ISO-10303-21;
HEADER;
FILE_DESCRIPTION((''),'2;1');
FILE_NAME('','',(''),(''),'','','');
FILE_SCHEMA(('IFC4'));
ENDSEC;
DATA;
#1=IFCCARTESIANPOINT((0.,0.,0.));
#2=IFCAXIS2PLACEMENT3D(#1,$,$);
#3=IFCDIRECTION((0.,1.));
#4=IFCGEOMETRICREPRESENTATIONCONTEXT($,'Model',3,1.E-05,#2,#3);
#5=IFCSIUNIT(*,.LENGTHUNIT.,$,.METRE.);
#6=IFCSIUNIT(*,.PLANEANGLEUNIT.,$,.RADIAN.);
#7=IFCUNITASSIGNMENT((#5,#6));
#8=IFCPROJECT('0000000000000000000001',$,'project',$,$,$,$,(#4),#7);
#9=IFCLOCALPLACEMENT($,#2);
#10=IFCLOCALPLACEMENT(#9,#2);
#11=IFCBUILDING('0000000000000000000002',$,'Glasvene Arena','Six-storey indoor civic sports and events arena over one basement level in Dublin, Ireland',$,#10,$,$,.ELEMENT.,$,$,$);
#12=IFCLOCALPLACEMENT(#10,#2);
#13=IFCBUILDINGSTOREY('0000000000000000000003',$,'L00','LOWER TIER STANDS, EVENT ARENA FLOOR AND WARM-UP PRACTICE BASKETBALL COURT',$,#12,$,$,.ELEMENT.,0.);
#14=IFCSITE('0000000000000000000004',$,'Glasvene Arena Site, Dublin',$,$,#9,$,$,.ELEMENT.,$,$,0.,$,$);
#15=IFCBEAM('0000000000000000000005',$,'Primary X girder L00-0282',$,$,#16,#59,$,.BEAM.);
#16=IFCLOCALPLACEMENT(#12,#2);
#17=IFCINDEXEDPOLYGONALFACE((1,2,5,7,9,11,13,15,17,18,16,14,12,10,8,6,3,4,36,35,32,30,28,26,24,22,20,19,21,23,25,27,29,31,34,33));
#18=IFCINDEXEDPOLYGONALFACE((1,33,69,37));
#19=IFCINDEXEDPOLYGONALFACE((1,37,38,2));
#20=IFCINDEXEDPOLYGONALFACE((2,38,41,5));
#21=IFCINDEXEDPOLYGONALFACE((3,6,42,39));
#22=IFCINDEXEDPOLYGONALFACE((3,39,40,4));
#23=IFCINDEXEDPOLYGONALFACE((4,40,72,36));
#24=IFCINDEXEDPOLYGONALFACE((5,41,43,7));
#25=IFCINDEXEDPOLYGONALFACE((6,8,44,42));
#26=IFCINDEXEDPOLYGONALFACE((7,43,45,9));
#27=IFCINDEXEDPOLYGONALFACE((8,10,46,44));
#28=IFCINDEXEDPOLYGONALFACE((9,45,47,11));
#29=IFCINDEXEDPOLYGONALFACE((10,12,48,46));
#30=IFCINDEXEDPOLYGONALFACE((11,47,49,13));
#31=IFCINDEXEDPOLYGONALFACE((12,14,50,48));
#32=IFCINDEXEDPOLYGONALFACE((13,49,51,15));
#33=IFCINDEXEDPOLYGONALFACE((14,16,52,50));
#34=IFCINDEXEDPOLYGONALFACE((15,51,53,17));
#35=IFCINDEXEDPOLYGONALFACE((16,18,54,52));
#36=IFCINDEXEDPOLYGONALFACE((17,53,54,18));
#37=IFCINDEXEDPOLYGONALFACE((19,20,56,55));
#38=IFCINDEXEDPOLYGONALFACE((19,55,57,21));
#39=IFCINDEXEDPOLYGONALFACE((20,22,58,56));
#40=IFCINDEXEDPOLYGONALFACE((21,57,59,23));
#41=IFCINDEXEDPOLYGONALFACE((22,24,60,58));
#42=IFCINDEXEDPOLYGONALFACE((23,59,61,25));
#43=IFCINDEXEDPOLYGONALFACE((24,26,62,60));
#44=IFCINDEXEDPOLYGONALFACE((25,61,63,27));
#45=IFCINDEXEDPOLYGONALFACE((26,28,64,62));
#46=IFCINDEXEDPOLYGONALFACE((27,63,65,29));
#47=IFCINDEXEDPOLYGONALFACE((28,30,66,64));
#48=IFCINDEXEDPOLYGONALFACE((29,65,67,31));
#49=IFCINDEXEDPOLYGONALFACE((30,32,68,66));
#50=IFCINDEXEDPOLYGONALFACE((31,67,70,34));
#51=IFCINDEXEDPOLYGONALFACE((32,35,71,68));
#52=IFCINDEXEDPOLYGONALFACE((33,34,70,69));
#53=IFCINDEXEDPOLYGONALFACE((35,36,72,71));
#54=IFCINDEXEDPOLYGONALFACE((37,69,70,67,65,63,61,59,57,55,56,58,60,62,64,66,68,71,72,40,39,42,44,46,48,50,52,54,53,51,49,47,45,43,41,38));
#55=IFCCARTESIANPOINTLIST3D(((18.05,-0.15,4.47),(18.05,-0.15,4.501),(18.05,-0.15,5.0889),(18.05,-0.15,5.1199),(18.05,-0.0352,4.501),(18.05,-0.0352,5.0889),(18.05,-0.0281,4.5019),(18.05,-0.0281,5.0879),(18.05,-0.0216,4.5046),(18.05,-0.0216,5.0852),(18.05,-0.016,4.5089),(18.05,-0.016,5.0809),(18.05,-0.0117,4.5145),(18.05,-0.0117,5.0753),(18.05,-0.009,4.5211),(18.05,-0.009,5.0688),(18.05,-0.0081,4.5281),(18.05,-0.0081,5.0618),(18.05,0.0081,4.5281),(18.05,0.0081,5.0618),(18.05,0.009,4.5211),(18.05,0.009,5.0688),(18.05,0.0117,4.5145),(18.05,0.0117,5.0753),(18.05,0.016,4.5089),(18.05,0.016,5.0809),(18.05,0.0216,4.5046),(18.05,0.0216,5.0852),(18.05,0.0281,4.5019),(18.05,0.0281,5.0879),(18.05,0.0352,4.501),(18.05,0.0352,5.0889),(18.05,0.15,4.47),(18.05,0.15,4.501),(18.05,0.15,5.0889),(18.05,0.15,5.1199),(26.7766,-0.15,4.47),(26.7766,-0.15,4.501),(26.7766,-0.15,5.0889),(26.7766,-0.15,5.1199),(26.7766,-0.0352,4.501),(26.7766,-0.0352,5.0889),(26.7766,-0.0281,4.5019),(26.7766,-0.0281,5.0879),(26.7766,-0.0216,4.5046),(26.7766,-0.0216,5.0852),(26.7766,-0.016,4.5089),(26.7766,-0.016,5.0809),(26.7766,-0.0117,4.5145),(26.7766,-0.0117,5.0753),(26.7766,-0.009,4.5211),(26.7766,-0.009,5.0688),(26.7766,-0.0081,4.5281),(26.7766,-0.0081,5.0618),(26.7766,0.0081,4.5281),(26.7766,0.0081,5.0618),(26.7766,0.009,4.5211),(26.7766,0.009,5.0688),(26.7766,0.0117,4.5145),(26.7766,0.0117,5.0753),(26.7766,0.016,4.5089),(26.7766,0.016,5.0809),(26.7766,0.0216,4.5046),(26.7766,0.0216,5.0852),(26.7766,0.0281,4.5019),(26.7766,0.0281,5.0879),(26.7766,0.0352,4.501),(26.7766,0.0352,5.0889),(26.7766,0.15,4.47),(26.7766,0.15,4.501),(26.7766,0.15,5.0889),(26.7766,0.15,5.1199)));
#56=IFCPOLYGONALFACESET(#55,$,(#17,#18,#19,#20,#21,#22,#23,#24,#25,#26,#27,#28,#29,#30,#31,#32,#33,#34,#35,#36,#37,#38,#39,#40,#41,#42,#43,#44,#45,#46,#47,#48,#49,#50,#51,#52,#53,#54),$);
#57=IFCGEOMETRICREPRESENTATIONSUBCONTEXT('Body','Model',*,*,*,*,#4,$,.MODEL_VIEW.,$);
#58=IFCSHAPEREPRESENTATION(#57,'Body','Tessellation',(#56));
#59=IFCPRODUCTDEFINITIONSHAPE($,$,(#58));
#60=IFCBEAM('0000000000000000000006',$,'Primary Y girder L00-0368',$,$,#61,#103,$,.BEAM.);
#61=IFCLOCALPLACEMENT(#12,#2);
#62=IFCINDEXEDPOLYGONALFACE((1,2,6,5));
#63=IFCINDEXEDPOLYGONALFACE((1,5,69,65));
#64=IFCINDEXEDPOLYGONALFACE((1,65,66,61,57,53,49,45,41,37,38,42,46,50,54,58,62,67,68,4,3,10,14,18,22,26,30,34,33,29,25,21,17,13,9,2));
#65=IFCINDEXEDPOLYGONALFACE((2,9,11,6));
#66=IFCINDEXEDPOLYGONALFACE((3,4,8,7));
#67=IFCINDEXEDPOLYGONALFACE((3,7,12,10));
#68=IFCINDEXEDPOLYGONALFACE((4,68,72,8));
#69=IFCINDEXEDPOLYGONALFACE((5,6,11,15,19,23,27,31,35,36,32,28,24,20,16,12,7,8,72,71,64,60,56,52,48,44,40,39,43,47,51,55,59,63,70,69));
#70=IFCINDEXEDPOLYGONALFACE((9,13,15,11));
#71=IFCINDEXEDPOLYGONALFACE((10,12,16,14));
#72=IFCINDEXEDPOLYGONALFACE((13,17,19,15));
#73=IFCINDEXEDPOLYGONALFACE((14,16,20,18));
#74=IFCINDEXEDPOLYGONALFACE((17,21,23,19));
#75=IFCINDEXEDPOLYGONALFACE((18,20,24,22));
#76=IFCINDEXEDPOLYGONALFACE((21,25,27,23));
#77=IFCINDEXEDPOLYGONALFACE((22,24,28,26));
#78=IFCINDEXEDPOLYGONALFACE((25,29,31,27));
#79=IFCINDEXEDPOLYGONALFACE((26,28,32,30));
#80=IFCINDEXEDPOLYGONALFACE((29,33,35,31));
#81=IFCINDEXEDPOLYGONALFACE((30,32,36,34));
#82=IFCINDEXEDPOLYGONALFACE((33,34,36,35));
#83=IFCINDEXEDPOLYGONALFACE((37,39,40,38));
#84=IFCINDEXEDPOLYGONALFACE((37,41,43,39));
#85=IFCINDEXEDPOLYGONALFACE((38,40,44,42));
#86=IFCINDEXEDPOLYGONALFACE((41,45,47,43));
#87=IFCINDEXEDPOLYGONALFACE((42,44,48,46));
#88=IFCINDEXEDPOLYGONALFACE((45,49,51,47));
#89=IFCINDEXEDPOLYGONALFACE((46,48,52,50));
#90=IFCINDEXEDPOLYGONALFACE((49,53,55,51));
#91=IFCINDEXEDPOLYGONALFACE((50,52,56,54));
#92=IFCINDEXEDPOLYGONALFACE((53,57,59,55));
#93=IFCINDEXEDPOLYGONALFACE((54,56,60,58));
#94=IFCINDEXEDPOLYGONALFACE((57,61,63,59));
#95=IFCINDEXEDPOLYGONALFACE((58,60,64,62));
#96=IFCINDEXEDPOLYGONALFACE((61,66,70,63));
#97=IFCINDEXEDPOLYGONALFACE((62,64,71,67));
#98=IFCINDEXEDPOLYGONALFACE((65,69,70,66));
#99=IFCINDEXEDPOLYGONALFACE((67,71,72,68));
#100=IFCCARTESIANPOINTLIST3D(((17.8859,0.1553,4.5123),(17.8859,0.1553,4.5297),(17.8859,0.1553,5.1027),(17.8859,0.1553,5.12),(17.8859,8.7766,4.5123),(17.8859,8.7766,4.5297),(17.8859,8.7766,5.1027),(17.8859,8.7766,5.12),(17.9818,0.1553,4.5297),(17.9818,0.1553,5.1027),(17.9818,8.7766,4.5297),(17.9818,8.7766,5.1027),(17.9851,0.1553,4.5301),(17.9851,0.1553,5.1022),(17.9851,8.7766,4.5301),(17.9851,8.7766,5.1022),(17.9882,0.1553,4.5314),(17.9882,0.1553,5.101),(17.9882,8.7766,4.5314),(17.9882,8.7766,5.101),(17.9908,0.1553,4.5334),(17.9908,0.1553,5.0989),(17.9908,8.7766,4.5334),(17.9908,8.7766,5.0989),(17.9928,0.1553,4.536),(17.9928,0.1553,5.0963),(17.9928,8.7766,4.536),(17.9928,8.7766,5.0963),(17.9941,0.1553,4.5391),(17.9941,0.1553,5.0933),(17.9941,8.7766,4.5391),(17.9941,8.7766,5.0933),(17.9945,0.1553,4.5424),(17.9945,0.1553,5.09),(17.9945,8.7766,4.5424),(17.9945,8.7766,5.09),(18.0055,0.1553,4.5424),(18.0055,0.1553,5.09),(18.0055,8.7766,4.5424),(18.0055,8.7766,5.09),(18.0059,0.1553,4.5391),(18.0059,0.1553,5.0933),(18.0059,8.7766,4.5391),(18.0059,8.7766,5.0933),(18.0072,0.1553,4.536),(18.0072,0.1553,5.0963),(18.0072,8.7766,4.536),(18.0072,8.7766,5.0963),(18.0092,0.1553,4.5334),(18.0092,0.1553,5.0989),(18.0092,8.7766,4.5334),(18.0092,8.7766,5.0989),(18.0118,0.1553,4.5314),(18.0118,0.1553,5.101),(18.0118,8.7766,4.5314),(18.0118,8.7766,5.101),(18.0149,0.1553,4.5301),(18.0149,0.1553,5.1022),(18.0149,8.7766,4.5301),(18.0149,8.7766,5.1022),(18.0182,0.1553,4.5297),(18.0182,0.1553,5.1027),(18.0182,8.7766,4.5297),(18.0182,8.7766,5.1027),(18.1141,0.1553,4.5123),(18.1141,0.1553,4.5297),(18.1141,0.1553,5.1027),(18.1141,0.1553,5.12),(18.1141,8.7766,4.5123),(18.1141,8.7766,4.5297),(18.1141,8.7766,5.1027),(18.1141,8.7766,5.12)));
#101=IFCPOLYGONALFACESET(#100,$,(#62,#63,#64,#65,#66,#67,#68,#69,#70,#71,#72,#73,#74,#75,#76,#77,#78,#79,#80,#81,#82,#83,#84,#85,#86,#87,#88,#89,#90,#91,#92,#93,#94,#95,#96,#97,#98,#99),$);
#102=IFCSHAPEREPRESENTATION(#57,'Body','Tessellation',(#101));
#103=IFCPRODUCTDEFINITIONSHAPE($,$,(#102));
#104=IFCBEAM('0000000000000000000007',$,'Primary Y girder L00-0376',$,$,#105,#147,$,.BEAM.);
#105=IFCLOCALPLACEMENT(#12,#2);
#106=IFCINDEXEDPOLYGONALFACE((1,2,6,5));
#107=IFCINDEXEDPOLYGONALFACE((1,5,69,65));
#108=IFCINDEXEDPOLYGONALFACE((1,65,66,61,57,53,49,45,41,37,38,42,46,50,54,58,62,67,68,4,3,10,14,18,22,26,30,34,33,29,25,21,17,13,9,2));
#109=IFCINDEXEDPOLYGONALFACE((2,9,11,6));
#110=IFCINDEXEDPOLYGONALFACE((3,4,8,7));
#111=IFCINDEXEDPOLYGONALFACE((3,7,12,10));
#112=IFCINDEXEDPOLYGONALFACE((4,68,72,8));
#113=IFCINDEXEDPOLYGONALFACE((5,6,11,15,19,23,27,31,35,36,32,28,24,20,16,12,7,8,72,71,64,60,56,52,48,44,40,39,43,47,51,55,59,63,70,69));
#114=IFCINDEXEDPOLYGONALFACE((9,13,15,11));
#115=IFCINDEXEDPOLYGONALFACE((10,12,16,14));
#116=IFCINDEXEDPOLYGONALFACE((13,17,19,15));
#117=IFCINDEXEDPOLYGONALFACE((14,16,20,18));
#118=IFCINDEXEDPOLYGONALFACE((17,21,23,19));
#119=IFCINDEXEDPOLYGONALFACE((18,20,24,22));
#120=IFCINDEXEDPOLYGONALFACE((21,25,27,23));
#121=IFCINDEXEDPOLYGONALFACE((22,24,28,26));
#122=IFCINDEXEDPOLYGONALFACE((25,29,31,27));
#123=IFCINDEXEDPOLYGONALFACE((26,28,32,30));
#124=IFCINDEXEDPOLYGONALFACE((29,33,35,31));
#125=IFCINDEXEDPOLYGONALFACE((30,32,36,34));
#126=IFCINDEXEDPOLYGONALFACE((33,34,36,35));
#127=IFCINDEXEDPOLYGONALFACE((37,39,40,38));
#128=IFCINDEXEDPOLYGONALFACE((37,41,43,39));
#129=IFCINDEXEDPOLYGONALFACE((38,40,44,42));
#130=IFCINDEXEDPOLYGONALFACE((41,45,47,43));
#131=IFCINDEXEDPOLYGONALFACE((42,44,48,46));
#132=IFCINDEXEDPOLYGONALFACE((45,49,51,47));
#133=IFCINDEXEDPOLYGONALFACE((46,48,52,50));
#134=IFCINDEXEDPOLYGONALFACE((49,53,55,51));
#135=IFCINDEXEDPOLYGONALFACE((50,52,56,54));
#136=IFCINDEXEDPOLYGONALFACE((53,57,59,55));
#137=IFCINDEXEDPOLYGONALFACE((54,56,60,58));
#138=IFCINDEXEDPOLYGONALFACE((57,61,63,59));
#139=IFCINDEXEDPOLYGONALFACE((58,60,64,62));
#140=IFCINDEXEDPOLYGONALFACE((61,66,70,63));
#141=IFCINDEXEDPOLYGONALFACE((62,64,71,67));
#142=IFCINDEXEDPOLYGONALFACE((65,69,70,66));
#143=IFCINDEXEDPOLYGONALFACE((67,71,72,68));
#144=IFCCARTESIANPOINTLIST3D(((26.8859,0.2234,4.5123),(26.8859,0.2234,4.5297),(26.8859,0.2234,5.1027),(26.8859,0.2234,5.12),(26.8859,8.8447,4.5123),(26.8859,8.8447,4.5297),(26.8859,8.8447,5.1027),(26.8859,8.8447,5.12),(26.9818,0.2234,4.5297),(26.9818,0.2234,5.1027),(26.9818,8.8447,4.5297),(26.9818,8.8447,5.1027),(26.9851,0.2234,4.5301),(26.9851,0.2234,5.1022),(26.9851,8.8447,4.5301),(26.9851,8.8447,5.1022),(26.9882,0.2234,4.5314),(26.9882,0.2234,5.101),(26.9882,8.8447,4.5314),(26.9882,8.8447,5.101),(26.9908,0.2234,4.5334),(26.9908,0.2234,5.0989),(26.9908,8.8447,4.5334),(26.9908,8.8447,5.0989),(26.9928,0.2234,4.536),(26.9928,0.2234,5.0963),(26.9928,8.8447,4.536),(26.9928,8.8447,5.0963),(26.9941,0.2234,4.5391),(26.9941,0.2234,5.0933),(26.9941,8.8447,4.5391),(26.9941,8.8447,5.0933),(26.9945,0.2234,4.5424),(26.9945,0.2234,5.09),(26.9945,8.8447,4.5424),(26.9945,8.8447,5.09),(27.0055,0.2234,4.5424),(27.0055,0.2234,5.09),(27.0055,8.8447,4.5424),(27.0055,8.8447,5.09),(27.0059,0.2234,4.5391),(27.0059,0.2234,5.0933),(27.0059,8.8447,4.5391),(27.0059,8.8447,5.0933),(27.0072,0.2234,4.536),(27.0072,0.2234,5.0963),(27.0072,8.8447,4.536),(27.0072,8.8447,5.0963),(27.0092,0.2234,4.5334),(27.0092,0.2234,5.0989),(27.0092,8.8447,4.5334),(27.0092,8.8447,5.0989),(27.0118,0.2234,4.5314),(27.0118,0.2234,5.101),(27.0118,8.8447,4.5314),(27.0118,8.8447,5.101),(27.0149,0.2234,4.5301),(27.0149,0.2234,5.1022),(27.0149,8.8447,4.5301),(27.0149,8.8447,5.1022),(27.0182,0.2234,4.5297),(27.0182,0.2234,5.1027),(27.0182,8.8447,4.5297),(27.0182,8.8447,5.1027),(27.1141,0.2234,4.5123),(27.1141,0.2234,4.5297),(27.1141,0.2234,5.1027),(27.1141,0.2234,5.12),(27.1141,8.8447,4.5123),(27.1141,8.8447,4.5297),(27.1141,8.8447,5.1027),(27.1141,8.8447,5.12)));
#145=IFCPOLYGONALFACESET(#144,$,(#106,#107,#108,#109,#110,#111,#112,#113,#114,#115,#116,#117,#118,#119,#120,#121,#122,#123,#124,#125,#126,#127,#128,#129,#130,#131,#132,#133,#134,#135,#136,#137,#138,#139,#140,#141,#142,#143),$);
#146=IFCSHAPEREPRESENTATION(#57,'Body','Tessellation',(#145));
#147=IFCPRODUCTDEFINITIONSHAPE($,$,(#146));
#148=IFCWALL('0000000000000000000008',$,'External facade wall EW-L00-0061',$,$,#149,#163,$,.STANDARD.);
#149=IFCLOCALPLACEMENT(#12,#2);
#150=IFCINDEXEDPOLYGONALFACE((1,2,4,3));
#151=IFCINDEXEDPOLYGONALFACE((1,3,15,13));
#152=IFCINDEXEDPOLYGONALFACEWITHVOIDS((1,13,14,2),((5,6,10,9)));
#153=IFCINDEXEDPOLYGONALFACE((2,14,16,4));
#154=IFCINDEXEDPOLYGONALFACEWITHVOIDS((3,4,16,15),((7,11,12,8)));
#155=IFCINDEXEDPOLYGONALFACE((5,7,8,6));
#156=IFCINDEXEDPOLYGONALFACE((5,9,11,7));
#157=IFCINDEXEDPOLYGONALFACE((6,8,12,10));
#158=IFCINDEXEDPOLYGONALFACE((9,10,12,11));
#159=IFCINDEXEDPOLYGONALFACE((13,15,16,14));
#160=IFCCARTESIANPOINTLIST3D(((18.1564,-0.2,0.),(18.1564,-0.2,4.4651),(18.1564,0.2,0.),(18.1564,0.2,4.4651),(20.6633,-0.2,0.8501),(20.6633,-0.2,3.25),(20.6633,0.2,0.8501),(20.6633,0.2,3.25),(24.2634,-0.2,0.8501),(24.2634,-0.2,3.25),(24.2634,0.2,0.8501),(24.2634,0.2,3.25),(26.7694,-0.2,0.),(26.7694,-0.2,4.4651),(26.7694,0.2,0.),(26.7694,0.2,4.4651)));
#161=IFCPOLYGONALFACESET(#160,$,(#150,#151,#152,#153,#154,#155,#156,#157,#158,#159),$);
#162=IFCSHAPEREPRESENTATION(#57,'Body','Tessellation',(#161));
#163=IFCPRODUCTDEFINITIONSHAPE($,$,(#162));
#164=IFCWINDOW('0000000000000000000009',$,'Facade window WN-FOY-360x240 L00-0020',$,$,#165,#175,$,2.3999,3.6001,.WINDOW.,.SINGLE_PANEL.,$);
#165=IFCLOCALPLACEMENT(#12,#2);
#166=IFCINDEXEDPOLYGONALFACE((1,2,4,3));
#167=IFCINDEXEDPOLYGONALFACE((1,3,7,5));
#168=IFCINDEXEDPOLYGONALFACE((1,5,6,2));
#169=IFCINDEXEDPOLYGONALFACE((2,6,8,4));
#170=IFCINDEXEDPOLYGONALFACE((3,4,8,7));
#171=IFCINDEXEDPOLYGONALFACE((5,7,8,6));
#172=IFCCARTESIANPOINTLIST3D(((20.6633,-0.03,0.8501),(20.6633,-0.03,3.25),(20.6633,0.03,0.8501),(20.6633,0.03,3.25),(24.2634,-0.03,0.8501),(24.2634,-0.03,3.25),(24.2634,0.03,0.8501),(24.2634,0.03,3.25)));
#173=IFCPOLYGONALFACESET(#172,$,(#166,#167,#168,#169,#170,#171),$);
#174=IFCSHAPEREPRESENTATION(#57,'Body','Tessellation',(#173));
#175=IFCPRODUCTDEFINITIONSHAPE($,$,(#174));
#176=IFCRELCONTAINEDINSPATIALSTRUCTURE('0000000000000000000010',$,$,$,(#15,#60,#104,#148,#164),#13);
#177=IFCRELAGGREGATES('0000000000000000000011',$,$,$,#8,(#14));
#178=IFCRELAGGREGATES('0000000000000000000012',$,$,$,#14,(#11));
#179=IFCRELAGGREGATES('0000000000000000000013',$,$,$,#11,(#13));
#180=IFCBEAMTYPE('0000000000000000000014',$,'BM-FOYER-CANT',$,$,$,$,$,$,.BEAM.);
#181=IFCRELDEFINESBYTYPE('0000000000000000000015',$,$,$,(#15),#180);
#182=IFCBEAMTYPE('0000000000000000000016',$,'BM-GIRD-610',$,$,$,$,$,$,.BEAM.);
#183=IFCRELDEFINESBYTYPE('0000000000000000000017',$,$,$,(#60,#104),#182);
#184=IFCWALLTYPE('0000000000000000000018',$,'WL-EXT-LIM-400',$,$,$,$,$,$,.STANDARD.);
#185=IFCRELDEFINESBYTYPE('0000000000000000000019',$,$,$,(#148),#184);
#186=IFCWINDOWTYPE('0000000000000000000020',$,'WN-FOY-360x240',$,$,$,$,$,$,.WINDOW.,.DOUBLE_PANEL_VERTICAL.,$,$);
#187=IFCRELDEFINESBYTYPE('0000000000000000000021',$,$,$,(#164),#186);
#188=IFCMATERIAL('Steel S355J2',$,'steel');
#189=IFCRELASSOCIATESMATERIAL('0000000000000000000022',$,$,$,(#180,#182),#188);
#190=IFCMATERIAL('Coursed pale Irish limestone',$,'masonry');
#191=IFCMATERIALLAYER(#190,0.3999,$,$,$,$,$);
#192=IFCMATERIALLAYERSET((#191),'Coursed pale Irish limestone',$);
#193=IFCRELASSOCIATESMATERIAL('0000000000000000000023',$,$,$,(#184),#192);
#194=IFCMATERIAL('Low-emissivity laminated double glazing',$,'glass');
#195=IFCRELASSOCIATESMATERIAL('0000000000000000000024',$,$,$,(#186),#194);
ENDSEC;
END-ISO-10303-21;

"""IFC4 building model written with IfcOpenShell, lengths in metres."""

from ifc_helpers import new_model, si_unit, direction, frame, frame_2d, origin, origin_2d, place, context, subcontext, project, spatial, rectangle, i_section, extrude, material, layer, layer_set, material_profile, profile_set, type_object, element, fill, save


model = new_model("IFC4")

# Units and contexts
model_context = context("Model", 3, precision=1e-05, world=origin(), true_north=direction((0.0, 1.0)))
body_context = subcontext(model_context, "Body", "Model", "MODEL_VIEW")
ifc_project = project(units=[si_unit("LENGTHUNIT", "METRE"), si_unit("PLANEANGLEUNIT", "RADIAN")], contexts=[model_context])

# Site, building, storey
site_placement = place(None, origin())
site = spatial("IfcSite", under=ifc_project, at=site_placement, Name="Glasvene Arena Site, Dublin", CompositionType="ELEMENT", RefElevation=0.0)
building_placement = place(site_placement, origin())
building = spatial("IfcBuilding", under=site, at=building_placement, Name="Glasvene Arena", Description="Six-storey indoor civic sports and events arena over one basement level in Dublin, Ireland", CompositionType="ELEMENT")
storey_placement = place(building_placement, origin())
storey = spatial("IfcBuildingStorey", under=building, at=storey_placement, Name="L00", Description="LOWER TIER STANDS, EVENT ARENA FLOOR AND WARM-UP PRACTICE BASKETBALL COURT", CompositionType="ELEMENT", Elevation=0.0)

# Shared definitions
ifc_material_1 = material(Name="Steel S355J2", Category="steel")

# Beams
ifc_material_profile_1 = material_profile(ifc_material_1, i_section(OverallWidth=0.3, OverallDepth=0.6499, WebThickness=0.0161, FlangeThickness=0.031, FilletRadius=0.0271, at=origin_2d()), Name="HEB 650")
ifc_profile_set_1 = profile_set([ifc_material_profile_1], Name="Steel S355J2")
beam_type_1 = type_object("IfcBeamType", Name="BM-FOYER-CANT", PredefinedType="BEAM", material=ifc_profile_set_1)
for number, where, z_axis, x_axis, name in (
    (1, (18.05, 0.0, 4.7949), (1.0, 0.0, 0.0), (0.0, 1.0, 0.0), "Primary X girder L00-0282"),
):
    element("IfcBeam", number, at=place(storey_placement, frame(where, z_axis=z_axis, x_axis=x_axis)), inside=storey, type_object=beam_type_1, Name=name, PredefinedType="BEAM", context=body_context, shape_type="SweptSolid", body=[
        extrude(i_section(OverallWidth=0.3, OverallDepth=0.6499, WebThickness=0.0161, FlangeThickness=0.031, FilletRadius=0.0271, at=origin_2d()), origin(), (0.0, 0.0, 1.0), 8.7266),
    ])
ifc_material_profile_2 = material_profile(ifc_material_1, i_section(OverallWidth=0.2283, OverallDepth=0.6077, WebThickness=0.011, FlangeThickness=0.0173, FilletRadius=0.0127, at=origin_2d()), Name="UKB 610x229x113")
ifc_profile_set_2 = profile_set([ifc_material_profile_2], Name="Steel S355J2")
beam_type_2 = type_object("IfcBeamType", Name="BM-GIRD-610", PredefinedType="BEAM", material=ifc_profile_set_2)
for number, where, z_axis, x_axis, name in (
    (2, (18.0, 0.1553, 4.8162), (0.0, 1.0, 0.0), (-1.0, 0.0, 0.0), "Primary Y girder L00-0368"),
    (3, (27.0, 0.2234, 4.8162), (0.0, 1.0, 0.0), (-1.0, 0.0, 0.0), "Primary Y girder L00-0376"),
):
    element("IfcBeam", number, at=place(storey_placement, frame(where, z_axis=z_axis, x_axis=x_axis)), inside=storey, type_object=beam_type_2, Name=name, PredefinedType="BEAM", context=body_context, shape_type="SweptSolid", body=[
        extrude(i_section(OverallWidth=0.2283, OverallDepth=0.6077, WebThickness=0.011, FlangeThickness=0.0173, FilletRadius=0.0127, at=origin_2d()), origin(), (0.0, 0.0, 1.0), 8.6213),
    ])

# Wall, opening, window
ifc_material_2 = material(Name="Coursed pale Irish limestone", Category="masonry")
ifc_layer_1 = layer(ifc_material_2, 0.3999)
ifc_layer_set_1 = layer_set([ifc_layer_1], Name="Coursed pale Irish limestone")
wall_type = type_object("IfcWallType", Name="WL-EXT-LIM-400", PredefinedType="STANDARD", material=ifc_layer_set_1)
wall_1_placement = place(storey_placement, frame((26.7695, 0.0, 0.0), z_axis=(0.0, 0.0, 1.0), x_axis=(-1.0, 0.0, 0.0)))
wall_1 = element("IfcWall", 4, at=wall_1_placement, inside=storey, type_object=wall_type, Name="External facade wall EW-L00-0061", PredefinedType="STANDARD", context=body_context, shape_type="SweptSolid", body=[
    extrude(rectangle(XDim=8.613, YDim=0.3999, at=frame_2d((4.3066, 0.0))), origin(), (0.0, 0.0, 1.0), 4.4651),
])
opening_1_placement = place(wall_1_placement, frame((2.5061, 0.0, 0.8501)))
opening_1 = element("IfcOpeningElement", 5, at=opening_1_placement, cuts=wall_1, PredefinedType="OPENING", context=body_context, shape_type="SweptSolid", body=[
    extrude(rectangle(XDim=3.6001, YDim=2.3999, at=frame_2d((1.8, 1.2))), frame((0.0, 0.21, 0.0), z_axis=(0.0, -1.0, 0.0), x_axis=(1.0, 0.0, 0.0)), (0.0, 0.0, 1.0), 0.4199),
])
ifc_material_3 = material(Name="Low-emissivity laminated double glazing", Category="glass")
window_type = type_object("IfcWindowType", Name="WN-FOY-360x240", PartitioningType="DOUBLE_PANEL_VERTICAL", PredefinedType="WINDOW", material=ifc_material_3)
window_1_placement = place(opening_1_placement, origin())
window_1 = element("IfcWindow", 6, at=window_1_placement, inside=storey, type_object=window_type, Name="Facade window WN-FOY-360x240 L00-0020", OverallHeight=2.3999, OverallWidth=3.6001, PartitioningType="SINGLE_PANEL", PredefinedType="WINDOW", context=body_context, shape_type="SweptSolid", body=[
    extrude(rectangle(XDim=3.6001, YDim=2.3999, at=frame_2d((1.8, 1.2))), frame((0.0, 0.03, 0.0), z_axis=(0.0, -1.0, 0.0), x_axis=(1.0, 0.0, 0.0)), (0.0, 0.0, 1.0), 0.0601),
])
fill(opening_1, window_1)

save(model, "model.ifc")
